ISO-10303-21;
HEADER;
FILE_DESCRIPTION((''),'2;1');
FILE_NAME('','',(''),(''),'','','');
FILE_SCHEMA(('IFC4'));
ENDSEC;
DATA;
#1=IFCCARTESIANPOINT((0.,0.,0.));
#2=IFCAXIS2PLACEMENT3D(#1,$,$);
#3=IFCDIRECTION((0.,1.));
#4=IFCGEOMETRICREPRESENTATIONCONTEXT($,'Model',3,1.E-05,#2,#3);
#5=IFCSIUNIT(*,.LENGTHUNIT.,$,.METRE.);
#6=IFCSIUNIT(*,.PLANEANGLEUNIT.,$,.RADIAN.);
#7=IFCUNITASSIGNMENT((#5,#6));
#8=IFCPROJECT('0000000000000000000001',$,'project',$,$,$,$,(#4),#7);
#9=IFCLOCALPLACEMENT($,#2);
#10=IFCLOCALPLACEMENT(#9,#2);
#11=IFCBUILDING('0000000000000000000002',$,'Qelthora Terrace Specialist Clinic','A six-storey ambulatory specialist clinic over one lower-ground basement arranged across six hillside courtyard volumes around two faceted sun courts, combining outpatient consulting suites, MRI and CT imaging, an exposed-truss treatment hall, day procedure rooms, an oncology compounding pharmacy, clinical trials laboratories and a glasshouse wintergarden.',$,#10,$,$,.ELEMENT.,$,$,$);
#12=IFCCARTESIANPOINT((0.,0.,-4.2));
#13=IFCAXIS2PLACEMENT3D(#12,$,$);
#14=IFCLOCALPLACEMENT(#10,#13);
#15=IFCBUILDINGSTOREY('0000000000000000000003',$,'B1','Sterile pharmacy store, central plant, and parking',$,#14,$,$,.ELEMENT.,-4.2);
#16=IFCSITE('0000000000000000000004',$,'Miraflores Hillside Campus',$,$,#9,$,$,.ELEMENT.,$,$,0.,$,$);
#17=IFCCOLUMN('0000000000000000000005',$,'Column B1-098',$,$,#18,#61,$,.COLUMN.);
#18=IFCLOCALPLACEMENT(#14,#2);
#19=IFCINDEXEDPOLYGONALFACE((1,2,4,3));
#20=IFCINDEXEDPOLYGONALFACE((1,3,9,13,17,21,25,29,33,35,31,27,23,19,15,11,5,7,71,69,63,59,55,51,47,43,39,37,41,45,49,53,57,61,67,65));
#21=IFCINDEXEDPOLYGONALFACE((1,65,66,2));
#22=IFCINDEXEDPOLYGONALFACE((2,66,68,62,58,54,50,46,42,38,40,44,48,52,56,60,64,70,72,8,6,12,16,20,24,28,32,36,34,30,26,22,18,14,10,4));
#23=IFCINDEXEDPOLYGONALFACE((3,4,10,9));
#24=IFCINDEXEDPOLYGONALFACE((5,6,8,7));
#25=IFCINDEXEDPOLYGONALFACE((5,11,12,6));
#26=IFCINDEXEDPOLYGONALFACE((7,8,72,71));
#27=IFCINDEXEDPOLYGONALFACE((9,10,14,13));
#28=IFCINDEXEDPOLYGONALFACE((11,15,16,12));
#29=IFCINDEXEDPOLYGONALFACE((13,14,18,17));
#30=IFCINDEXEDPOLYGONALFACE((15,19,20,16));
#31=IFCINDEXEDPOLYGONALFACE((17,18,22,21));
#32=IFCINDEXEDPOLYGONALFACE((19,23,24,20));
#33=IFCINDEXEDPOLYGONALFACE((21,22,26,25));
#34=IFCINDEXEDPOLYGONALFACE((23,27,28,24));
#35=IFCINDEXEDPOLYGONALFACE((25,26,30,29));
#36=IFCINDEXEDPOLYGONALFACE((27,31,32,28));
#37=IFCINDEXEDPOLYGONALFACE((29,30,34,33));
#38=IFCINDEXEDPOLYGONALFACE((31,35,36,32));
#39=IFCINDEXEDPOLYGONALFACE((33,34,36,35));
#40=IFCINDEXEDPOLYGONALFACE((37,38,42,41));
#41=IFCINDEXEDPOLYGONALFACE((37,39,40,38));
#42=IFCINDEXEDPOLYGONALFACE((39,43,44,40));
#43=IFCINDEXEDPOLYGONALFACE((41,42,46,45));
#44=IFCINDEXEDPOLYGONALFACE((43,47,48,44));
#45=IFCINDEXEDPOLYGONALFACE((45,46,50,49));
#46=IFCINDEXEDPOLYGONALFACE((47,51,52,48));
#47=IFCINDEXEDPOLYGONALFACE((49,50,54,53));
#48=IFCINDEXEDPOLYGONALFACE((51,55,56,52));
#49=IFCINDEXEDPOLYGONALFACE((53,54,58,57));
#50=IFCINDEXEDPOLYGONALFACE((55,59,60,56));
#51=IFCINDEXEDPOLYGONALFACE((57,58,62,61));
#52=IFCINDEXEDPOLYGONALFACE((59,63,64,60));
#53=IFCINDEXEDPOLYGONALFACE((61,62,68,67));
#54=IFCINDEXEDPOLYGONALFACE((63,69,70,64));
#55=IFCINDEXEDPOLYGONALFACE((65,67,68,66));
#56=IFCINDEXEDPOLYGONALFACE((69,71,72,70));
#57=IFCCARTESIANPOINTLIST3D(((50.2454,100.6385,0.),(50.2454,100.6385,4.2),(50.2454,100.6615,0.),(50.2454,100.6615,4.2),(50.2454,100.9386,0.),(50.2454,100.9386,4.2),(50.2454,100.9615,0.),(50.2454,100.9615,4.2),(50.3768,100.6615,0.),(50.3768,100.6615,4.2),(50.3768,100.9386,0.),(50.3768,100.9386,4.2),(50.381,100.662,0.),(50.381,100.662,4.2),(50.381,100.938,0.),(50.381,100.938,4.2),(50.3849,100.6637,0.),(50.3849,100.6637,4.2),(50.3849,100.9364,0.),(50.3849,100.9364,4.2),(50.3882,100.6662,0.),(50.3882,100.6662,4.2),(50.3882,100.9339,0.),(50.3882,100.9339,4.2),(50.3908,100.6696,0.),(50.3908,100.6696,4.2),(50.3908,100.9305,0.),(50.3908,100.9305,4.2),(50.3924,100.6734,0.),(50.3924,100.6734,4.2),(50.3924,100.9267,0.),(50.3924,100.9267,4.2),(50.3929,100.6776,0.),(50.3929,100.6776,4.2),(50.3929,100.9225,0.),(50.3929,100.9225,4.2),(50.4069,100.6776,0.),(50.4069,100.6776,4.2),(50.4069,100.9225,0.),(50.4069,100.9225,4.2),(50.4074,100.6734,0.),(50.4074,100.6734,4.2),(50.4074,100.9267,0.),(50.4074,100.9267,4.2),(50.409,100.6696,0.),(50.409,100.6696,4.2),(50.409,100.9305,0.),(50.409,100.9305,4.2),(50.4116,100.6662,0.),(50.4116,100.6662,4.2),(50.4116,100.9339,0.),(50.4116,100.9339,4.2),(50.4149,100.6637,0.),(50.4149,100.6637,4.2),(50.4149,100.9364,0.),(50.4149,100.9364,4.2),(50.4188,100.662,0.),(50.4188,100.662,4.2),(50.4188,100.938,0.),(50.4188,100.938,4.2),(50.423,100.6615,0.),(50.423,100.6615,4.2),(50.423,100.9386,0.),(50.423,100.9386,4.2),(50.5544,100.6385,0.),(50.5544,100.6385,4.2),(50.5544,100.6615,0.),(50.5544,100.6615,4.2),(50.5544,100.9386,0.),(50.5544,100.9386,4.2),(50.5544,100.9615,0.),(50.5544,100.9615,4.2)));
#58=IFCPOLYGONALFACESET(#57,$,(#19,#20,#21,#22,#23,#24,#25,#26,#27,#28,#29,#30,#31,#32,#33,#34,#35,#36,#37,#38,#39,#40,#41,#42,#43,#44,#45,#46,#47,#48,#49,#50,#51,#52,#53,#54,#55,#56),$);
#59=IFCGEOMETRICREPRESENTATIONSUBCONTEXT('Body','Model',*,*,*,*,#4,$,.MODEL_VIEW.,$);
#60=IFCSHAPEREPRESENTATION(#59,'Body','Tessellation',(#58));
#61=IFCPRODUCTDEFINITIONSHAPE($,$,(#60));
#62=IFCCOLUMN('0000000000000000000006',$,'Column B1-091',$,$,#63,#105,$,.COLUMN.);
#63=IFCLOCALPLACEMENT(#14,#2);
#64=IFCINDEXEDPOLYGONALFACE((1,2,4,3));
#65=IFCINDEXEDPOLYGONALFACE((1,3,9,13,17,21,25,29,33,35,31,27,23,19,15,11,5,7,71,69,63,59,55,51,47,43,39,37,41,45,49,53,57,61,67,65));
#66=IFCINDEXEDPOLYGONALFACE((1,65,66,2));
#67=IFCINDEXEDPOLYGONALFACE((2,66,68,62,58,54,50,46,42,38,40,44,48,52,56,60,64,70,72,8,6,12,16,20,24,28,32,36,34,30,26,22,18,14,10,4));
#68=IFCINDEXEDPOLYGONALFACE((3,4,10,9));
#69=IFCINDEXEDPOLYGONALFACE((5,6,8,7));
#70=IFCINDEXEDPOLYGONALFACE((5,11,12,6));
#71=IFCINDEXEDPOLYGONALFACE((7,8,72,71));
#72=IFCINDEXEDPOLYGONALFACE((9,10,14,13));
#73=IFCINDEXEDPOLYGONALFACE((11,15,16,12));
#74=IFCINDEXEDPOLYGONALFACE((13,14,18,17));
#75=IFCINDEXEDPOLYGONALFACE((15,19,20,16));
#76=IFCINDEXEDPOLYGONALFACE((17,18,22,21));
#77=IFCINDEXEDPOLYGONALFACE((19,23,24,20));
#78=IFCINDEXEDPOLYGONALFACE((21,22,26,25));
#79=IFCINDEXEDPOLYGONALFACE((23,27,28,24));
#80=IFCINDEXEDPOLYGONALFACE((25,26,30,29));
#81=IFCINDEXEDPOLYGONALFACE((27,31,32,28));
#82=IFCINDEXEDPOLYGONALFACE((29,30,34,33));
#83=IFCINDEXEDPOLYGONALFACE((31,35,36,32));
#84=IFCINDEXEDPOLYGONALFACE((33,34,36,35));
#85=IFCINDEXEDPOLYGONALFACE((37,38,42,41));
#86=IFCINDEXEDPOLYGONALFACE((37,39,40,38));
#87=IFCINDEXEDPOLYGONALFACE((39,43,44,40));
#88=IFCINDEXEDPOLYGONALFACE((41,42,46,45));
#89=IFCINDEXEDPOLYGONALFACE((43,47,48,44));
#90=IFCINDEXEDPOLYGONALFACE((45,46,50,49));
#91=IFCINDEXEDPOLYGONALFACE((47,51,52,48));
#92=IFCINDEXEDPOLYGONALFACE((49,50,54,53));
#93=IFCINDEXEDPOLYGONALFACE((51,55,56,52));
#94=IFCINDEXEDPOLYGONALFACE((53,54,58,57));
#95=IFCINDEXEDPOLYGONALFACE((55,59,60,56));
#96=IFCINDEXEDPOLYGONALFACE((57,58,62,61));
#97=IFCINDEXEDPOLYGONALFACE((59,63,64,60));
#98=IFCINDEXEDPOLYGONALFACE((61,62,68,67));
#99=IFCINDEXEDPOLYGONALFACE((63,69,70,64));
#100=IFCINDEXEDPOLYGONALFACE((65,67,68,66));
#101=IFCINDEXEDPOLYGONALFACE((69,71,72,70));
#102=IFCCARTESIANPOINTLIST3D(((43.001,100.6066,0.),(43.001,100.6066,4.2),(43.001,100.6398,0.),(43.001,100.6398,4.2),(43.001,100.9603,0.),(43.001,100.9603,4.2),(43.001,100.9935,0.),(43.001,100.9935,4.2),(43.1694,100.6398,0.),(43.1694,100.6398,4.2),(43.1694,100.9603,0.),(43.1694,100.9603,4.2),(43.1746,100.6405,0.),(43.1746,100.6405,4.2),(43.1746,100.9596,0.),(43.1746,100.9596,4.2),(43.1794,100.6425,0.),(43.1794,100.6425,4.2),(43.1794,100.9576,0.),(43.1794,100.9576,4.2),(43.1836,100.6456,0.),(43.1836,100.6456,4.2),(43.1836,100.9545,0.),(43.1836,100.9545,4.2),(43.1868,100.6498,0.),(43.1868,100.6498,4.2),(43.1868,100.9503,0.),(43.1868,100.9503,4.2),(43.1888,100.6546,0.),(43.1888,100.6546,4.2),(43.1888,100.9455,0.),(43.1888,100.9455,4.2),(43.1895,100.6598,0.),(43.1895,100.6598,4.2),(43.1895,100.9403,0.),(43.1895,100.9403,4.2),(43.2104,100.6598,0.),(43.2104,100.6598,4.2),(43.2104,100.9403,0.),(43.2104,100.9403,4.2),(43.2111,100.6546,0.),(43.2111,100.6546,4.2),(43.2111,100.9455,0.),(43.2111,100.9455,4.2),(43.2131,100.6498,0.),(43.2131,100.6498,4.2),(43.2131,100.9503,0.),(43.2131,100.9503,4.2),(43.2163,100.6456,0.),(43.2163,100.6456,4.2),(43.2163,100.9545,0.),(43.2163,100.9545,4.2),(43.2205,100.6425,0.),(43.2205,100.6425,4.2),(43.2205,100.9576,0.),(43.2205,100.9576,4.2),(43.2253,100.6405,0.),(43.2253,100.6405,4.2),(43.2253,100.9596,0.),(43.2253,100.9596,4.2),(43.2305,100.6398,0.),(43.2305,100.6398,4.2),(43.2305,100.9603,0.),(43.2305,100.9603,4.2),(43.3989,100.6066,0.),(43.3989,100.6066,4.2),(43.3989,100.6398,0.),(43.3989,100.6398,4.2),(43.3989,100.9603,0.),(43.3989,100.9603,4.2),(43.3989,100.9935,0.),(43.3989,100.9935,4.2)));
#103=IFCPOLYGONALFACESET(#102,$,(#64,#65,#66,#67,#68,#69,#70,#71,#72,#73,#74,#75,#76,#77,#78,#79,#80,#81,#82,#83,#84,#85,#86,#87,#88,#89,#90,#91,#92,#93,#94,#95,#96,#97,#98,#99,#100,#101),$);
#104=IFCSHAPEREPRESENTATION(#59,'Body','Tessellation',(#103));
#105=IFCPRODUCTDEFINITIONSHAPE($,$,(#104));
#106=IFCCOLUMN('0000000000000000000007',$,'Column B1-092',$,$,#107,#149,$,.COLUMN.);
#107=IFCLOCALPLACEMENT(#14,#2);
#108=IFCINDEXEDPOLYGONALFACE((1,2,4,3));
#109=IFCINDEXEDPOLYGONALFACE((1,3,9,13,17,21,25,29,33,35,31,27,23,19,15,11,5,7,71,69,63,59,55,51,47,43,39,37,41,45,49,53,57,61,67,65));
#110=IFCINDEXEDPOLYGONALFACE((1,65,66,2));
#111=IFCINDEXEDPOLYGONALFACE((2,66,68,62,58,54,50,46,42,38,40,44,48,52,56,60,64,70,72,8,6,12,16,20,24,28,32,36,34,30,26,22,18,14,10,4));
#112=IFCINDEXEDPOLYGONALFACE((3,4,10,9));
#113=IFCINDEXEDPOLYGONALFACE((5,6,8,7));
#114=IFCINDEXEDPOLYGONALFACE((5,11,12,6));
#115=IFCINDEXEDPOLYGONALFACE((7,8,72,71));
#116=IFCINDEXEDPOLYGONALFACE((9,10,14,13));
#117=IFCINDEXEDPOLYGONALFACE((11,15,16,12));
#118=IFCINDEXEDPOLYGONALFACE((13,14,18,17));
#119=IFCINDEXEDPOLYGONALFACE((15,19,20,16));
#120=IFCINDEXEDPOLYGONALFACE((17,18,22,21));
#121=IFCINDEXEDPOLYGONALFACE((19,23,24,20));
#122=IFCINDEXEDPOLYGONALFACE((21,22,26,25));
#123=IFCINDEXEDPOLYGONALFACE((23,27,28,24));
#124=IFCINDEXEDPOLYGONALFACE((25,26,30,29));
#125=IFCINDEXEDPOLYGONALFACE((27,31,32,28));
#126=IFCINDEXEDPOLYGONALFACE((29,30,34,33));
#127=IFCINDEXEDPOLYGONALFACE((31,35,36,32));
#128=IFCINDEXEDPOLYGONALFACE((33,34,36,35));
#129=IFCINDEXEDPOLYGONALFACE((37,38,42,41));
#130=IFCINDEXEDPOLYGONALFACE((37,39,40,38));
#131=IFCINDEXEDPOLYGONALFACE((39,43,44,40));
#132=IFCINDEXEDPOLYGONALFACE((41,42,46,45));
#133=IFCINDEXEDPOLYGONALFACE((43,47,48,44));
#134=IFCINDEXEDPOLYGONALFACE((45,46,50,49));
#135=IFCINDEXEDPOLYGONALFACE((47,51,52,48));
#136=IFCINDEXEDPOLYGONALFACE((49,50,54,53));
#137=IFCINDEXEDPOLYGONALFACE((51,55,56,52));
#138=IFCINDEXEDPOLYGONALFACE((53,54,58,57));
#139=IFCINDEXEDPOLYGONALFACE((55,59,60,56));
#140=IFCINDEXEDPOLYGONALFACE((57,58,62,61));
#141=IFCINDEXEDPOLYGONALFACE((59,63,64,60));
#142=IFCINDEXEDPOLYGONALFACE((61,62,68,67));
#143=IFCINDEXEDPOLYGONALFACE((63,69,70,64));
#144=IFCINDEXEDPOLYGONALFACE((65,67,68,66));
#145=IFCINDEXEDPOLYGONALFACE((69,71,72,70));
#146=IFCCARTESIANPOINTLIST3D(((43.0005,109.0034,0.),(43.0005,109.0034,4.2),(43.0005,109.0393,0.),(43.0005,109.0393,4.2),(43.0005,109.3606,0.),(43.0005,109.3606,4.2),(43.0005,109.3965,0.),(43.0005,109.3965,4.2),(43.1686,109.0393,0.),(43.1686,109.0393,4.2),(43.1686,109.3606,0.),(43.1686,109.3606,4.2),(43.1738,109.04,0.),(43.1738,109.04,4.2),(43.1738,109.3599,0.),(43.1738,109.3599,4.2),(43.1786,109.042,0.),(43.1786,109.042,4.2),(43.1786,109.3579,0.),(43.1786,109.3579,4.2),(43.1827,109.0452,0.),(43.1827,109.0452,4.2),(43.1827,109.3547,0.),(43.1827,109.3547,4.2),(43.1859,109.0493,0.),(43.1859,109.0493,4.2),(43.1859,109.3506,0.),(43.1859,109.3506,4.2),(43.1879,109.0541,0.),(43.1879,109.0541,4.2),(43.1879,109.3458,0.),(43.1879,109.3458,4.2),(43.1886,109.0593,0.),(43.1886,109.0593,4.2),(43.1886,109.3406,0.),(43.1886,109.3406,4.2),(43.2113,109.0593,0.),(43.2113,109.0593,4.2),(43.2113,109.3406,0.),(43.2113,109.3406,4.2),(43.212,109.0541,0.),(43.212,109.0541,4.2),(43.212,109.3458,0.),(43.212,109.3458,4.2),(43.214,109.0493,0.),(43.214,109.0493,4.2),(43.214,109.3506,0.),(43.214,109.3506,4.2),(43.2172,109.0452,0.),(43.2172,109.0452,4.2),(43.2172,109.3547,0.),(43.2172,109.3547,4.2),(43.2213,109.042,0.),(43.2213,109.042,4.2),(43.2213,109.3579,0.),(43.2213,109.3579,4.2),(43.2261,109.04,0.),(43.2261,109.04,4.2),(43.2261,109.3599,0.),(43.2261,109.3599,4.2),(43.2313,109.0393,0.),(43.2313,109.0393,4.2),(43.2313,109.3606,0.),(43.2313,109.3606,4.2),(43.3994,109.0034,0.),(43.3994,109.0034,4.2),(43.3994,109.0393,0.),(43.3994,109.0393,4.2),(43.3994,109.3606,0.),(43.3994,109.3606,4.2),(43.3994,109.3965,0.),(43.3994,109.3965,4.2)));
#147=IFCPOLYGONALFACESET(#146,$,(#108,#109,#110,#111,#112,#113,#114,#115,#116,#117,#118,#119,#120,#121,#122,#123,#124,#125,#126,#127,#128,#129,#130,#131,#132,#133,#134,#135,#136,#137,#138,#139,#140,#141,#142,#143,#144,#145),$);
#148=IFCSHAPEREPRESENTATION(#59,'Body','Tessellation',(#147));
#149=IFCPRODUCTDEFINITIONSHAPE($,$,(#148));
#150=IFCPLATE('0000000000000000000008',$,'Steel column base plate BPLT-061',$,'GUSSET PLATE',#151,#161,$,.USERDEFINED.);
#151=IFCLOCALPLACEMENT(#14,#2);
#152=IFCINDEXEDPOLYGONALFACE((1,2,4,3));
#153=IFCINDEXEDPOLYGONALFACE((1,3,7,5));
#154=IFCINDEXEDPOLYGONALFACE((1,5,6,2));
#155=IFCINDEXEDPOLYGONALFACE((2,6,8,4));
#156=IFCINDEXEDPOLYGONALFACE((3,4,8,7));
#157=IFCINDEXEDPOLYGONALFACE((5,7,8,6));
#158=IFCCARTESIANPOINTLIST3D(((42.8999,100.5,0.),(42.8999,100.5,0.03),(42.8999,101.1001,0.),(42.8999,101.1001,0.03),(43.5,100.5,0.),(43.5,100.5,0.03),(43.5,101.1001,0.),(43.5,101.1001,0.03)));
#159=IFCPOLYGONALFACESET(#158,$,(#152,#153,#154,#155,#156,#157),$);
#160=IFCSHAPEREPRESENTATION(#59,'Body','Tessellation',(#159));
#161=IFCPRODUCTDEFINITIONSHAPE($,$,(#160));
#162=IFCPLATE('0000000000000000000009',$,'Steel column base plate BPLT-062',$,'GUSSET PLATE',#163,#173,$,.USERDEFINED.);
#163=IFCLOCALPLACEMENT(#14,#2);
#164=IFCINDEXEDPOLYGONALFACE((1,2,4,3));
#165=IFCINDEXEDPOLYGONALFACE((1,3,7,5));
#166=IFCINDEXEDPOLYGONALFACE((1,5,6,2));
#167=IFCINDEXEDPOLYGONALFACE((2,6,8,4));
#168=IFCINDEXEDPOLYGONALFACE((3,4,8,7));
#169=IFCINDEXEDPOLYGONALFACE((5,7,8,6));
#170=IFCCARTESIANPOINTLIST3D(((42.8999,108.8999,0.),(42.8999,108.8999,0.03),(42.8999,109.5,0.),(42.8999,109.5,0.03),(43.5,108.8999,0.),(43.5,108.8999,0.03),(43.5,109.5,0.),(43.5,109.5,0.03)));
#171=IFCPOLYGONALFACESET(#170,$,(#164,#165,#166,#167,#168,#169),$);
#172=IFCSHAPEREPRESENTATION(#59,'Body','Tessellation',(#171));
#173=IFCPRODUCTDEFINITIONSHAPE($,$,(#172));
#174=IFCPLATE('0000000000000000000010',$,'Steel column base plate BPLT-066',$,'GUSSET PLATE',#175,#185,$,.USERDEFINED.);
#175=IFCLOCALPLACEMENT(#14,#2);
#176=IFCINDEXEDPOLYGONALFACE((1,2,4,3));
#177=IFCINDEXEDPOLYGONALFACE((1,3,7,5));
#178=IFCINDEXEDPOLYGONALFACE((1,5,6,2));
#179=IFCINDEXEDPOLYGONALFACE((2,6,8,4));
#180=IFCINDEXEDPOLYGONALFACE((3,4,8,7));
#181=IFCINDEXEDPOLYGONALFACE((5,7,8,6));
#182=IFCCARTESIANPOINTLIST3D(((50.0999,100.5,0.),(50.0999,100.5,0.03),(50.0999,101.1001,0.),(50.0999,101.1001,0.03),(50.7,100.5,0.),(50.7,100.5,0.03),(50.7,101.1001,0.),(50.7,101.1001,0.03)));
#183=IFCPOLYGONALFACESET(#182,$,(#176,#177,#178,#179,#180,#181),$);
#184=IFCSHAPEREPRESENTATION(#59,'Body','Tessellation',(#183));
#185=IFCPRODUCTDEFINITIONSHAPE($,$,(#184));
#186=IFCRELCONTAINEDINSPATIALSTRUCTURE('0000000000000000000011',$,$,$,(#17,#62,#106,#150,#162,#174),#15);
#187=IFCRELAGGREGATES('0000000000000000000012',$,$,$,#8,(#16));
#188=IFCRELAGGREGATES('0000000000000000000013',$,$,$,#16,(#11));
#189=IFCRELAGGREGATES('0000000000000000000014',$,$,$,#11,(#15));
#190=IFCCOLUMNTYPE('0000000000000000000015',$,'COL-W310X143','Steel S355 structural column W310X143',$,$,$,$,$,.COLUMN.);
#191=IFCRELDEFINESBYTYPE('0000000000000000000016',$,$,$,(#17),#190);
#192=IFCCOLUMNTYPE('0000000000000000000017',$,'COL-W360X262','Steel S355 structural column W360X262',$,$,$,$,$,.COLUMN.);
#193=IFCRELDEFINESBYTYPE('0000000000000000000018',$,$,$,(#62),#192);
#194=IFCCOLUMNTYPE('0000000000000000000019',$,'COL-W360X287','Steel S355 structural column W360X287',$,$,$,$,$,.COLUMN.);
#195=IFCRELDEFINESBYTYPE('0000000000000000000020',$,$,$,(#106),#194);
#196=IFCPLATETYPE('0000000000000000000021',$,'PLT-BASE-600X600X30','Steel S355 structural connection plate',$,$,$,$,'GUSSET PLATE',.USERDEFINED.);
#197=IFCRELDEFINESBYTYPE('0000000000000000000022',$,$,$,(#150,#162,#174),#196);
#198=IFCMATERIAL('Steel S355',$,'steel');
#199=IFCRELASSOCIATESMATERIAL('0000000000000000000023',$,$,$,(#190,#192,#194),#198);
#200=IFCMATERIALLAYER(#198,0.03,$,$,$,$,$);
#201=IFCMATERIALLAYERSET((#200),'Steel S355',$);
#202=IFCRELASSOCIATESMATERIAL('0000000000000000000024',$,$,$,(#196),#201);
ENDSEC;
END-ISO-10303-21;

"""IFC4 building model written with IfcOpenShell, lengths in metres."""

from ifc_helpers import new_model, si_unit, direction, frame, origin, origin_2d, place, context, subcontext, project, spatial, rectangle, i_section, extrude, material, layer, layer_set, material_profile, profile_set, type_object, element, save


model = new_model("IFC4")

# Units and contexts
model_context = context("Model", 3, precision=1e-05, world=origin(), true_north=direction((0.0, 1.0)))
body_context = subcontext(model_context, "Body", "Model", "MODEL_VIEW")
ifc_project = project(units=[si_unit("LENGTHUNIT", "METRE"), si_unit("PLANEANGLEUNIT", "RADIAN")], contexts=[model_context])

# Site, building, storey
site_placement = place(None, origin())
site = spatial("IfcSite", under=ifc_project, at=site_placement, Name="Miraflores Hillside Campus", CompositionType="ELEMENT", RefElevation=0.0)
building_placement = place(site_placement, origin())
building = spatial("IfcBuilding", under=site, at=building_placement, Name="Qelthora Terrace Specialist Clinic", Description="A six-storey ambulatory specialist clinic over one lower-ground basement arranged across six hillside courtyard volumes around two faceted sun courts, combining outpatient consulting suites, MRI and CT imaging, an exposed-truss treatment hall, day procedure rooms, an oncology compounding pharmacy, clinical trials laboratories and a glasshouse wintergarden.", CompositionType="ELEMENT")
storey_placement = place(building_placement, frame((0.0, 0.0, -4.2)))
storey = spatial("IfcBuildingStorey", under=building, at=storey_placement, Name="B1", Description="Sterile pharmacy store, central plant, and parking", CompositionType="ELEMENT", Elevation=-4.2)

# Columns
ifc_material_1 = material(Name="Steel S355", Category="steel")
ifc_material_profile_1 = material_profile(ifc_material_1, i_section(OverallWidth=0.3091, OverallDepth=0.323, WebThickness=0.0139, FlangeThickness=0.0229, FilletRadius=0.0161, at=origin_2d()), Name="W310X143")
ifc_profile_set_1 = profile_set([ifc_material_profile_1], Name="Steel S355")
column_type_1 = type_object("IfcColumnType", Name="COL-W310X143", Description="Steel S355 structural column W310X143", PredefinedType="COLUMN", material=ifc_profile_set_1)
column_1_placement = place(storey_placement, frame((50.3999, 100.8, 0.0), z_axis=(0.0, 0.0, 1.0), x_axis=(1.0, 0.0, 0.0)))
element("IfcColumn", 1, at=column_1_placement, inside=storey, type_object=column_type_1, Name="Column B1-098", PredefinedType="COLUMN", context=body_context, shape_type="SweptSolid", body=[
    extrude(i_section(OverallWidth=0.3091, OverallDepth=0.323, WebThickness=0.0139, FlangeThickness=0.0229, FilletRadius=0.0161, at=origin_2d()), origin(), (0.0, 0.0, 1.0), 4.2),
])
ifc_material_profile_2 = material_profile(ifc_material_1, i_section(OverallWidth=0.3979, OverallDepth=0.387, WebThickness=0.021, FlangeThickness=0.0332, FilletRadius=0.02, at=origin_2d()), Name="W360X262")
ifc_profile_set_2 = profile_set([ifc_material_profile_2], Name="Steel S355")
column_type_2 = type_object("IfcColumnType", Name="COL-W360X262", Description="Steel S355 structural column W360X262", PredefinedType="COLUMN", material=ifc_profile_set_2)
column_2_placement = place(storey_placement, frame((43.2, 100.8, 0.0), z_axis=(0.0, 0.0, 1.0), x_axis=(1.0, 0.0, 0.0)))
element("IfcColumn", 2, at=column_2_placement, inside=storey, type_object=column_type_2, Name="Column B1-091", PredefinedType="COLUMN", context=body_context, shape_type="SweptSolid", body=[
    extrude(i_section(OverallWidth=0.3979, OverallDepth=0.387, WebThickness=0.021, FlangeThickness=0.0332, FilletRadius=0.02, at=origin_2d()), origin(), (0.0, 0.0, 1.0), 4.2),
])
ifc_material_profile_3 = material_profile(ifc_material_1, i_section(OverallWidth=0.3989, OverallDepth=0.3931, WebThickness=0.0227, FlangeThickness=0.0359, FilletRadius=0.02, at=origin_2d()), Name="W360X287")
ifc_profile_set_3 = profile_set([ifc_material_profile_3], Name="Steel S355")
column_type_3 = type_object("IfcColumnType", Name="COL-W360X287", Description="Steel S355 structural column W360X287", PredefinedType="COLUMN", material=ifc_profile_set_3)
column_3_placement = place(storey_placement, frame((43.2, 109.2, 0.0), z_axis=(0.0, 0.0, 1.0), x_axis=(1.0, 0.0, 0.0)))
element("IfcColumn", 3, at=column_3_placement, inside=storey, type_object=column_type_3, Name="Column B1-092", PredefinedType="COLUMN", context=body_context, shape_type="SweptSolid", body=[
    extrude(i_section(OverallWidth=0.3989, OverallDepth=0.3931, WebThickness=0.0227, FlangeThickness=0.0359, FilletRadius=0.02, at=origin_2d()), origin(), (0.0, 0.0, 1.0), 4.2),
])

# Plates
ifc_layer_1 = layer(ifc_material_1, 0.03)
ifc_layer_set_1 = layer_set([ifc_layer_1], Name="Steel S355")
plate_type = type_object("IfcPlateType", Name="PLT-BASE-600X600X30", Description="Steel S355 structural connection plate", ElementType="GUSSET PLATE", PredefinedType="USERDEFINED", material=ifc_layer_set_1)
for number, where, z_axis, x_axis, name in (
    (4, (43.2, 100.8, 0.0), (0.0, 0.0, 1.0), (1.0, 0.0, 0.0), "Steel column base plate BPLT-061"),
    (5, (43.2, 109.2, 0.0), (0.0, 0.0, 1.0), (1.0, 0.0, 0.0), "Steel column base plate BPLT-062"),
    (6, (50.3999, 100.8, 0.0), (0.0, 0.0, 1.0), (1.0, 0.0, 0.0), "Steel column base plate BPLT-066"),
):
    element("IfcPlate", number, at=place(storey_placement, frame(where, z_axis=z_axis, x_axis=x_axis)), inside=storey, type_object=plate_type, Name=name, ObjectType="GUSSET PLATE", PredefinedType="USERDEFINED", context=body_context, shape_type="SweptSolid", body=[
        extrude(rectangle(XDim=0.6001, YDim=0.6001, at=origin_2d()), origin(), (0.0, 0.0, 1.0), 0.03),
    ])

save(model, "model.ifc")
